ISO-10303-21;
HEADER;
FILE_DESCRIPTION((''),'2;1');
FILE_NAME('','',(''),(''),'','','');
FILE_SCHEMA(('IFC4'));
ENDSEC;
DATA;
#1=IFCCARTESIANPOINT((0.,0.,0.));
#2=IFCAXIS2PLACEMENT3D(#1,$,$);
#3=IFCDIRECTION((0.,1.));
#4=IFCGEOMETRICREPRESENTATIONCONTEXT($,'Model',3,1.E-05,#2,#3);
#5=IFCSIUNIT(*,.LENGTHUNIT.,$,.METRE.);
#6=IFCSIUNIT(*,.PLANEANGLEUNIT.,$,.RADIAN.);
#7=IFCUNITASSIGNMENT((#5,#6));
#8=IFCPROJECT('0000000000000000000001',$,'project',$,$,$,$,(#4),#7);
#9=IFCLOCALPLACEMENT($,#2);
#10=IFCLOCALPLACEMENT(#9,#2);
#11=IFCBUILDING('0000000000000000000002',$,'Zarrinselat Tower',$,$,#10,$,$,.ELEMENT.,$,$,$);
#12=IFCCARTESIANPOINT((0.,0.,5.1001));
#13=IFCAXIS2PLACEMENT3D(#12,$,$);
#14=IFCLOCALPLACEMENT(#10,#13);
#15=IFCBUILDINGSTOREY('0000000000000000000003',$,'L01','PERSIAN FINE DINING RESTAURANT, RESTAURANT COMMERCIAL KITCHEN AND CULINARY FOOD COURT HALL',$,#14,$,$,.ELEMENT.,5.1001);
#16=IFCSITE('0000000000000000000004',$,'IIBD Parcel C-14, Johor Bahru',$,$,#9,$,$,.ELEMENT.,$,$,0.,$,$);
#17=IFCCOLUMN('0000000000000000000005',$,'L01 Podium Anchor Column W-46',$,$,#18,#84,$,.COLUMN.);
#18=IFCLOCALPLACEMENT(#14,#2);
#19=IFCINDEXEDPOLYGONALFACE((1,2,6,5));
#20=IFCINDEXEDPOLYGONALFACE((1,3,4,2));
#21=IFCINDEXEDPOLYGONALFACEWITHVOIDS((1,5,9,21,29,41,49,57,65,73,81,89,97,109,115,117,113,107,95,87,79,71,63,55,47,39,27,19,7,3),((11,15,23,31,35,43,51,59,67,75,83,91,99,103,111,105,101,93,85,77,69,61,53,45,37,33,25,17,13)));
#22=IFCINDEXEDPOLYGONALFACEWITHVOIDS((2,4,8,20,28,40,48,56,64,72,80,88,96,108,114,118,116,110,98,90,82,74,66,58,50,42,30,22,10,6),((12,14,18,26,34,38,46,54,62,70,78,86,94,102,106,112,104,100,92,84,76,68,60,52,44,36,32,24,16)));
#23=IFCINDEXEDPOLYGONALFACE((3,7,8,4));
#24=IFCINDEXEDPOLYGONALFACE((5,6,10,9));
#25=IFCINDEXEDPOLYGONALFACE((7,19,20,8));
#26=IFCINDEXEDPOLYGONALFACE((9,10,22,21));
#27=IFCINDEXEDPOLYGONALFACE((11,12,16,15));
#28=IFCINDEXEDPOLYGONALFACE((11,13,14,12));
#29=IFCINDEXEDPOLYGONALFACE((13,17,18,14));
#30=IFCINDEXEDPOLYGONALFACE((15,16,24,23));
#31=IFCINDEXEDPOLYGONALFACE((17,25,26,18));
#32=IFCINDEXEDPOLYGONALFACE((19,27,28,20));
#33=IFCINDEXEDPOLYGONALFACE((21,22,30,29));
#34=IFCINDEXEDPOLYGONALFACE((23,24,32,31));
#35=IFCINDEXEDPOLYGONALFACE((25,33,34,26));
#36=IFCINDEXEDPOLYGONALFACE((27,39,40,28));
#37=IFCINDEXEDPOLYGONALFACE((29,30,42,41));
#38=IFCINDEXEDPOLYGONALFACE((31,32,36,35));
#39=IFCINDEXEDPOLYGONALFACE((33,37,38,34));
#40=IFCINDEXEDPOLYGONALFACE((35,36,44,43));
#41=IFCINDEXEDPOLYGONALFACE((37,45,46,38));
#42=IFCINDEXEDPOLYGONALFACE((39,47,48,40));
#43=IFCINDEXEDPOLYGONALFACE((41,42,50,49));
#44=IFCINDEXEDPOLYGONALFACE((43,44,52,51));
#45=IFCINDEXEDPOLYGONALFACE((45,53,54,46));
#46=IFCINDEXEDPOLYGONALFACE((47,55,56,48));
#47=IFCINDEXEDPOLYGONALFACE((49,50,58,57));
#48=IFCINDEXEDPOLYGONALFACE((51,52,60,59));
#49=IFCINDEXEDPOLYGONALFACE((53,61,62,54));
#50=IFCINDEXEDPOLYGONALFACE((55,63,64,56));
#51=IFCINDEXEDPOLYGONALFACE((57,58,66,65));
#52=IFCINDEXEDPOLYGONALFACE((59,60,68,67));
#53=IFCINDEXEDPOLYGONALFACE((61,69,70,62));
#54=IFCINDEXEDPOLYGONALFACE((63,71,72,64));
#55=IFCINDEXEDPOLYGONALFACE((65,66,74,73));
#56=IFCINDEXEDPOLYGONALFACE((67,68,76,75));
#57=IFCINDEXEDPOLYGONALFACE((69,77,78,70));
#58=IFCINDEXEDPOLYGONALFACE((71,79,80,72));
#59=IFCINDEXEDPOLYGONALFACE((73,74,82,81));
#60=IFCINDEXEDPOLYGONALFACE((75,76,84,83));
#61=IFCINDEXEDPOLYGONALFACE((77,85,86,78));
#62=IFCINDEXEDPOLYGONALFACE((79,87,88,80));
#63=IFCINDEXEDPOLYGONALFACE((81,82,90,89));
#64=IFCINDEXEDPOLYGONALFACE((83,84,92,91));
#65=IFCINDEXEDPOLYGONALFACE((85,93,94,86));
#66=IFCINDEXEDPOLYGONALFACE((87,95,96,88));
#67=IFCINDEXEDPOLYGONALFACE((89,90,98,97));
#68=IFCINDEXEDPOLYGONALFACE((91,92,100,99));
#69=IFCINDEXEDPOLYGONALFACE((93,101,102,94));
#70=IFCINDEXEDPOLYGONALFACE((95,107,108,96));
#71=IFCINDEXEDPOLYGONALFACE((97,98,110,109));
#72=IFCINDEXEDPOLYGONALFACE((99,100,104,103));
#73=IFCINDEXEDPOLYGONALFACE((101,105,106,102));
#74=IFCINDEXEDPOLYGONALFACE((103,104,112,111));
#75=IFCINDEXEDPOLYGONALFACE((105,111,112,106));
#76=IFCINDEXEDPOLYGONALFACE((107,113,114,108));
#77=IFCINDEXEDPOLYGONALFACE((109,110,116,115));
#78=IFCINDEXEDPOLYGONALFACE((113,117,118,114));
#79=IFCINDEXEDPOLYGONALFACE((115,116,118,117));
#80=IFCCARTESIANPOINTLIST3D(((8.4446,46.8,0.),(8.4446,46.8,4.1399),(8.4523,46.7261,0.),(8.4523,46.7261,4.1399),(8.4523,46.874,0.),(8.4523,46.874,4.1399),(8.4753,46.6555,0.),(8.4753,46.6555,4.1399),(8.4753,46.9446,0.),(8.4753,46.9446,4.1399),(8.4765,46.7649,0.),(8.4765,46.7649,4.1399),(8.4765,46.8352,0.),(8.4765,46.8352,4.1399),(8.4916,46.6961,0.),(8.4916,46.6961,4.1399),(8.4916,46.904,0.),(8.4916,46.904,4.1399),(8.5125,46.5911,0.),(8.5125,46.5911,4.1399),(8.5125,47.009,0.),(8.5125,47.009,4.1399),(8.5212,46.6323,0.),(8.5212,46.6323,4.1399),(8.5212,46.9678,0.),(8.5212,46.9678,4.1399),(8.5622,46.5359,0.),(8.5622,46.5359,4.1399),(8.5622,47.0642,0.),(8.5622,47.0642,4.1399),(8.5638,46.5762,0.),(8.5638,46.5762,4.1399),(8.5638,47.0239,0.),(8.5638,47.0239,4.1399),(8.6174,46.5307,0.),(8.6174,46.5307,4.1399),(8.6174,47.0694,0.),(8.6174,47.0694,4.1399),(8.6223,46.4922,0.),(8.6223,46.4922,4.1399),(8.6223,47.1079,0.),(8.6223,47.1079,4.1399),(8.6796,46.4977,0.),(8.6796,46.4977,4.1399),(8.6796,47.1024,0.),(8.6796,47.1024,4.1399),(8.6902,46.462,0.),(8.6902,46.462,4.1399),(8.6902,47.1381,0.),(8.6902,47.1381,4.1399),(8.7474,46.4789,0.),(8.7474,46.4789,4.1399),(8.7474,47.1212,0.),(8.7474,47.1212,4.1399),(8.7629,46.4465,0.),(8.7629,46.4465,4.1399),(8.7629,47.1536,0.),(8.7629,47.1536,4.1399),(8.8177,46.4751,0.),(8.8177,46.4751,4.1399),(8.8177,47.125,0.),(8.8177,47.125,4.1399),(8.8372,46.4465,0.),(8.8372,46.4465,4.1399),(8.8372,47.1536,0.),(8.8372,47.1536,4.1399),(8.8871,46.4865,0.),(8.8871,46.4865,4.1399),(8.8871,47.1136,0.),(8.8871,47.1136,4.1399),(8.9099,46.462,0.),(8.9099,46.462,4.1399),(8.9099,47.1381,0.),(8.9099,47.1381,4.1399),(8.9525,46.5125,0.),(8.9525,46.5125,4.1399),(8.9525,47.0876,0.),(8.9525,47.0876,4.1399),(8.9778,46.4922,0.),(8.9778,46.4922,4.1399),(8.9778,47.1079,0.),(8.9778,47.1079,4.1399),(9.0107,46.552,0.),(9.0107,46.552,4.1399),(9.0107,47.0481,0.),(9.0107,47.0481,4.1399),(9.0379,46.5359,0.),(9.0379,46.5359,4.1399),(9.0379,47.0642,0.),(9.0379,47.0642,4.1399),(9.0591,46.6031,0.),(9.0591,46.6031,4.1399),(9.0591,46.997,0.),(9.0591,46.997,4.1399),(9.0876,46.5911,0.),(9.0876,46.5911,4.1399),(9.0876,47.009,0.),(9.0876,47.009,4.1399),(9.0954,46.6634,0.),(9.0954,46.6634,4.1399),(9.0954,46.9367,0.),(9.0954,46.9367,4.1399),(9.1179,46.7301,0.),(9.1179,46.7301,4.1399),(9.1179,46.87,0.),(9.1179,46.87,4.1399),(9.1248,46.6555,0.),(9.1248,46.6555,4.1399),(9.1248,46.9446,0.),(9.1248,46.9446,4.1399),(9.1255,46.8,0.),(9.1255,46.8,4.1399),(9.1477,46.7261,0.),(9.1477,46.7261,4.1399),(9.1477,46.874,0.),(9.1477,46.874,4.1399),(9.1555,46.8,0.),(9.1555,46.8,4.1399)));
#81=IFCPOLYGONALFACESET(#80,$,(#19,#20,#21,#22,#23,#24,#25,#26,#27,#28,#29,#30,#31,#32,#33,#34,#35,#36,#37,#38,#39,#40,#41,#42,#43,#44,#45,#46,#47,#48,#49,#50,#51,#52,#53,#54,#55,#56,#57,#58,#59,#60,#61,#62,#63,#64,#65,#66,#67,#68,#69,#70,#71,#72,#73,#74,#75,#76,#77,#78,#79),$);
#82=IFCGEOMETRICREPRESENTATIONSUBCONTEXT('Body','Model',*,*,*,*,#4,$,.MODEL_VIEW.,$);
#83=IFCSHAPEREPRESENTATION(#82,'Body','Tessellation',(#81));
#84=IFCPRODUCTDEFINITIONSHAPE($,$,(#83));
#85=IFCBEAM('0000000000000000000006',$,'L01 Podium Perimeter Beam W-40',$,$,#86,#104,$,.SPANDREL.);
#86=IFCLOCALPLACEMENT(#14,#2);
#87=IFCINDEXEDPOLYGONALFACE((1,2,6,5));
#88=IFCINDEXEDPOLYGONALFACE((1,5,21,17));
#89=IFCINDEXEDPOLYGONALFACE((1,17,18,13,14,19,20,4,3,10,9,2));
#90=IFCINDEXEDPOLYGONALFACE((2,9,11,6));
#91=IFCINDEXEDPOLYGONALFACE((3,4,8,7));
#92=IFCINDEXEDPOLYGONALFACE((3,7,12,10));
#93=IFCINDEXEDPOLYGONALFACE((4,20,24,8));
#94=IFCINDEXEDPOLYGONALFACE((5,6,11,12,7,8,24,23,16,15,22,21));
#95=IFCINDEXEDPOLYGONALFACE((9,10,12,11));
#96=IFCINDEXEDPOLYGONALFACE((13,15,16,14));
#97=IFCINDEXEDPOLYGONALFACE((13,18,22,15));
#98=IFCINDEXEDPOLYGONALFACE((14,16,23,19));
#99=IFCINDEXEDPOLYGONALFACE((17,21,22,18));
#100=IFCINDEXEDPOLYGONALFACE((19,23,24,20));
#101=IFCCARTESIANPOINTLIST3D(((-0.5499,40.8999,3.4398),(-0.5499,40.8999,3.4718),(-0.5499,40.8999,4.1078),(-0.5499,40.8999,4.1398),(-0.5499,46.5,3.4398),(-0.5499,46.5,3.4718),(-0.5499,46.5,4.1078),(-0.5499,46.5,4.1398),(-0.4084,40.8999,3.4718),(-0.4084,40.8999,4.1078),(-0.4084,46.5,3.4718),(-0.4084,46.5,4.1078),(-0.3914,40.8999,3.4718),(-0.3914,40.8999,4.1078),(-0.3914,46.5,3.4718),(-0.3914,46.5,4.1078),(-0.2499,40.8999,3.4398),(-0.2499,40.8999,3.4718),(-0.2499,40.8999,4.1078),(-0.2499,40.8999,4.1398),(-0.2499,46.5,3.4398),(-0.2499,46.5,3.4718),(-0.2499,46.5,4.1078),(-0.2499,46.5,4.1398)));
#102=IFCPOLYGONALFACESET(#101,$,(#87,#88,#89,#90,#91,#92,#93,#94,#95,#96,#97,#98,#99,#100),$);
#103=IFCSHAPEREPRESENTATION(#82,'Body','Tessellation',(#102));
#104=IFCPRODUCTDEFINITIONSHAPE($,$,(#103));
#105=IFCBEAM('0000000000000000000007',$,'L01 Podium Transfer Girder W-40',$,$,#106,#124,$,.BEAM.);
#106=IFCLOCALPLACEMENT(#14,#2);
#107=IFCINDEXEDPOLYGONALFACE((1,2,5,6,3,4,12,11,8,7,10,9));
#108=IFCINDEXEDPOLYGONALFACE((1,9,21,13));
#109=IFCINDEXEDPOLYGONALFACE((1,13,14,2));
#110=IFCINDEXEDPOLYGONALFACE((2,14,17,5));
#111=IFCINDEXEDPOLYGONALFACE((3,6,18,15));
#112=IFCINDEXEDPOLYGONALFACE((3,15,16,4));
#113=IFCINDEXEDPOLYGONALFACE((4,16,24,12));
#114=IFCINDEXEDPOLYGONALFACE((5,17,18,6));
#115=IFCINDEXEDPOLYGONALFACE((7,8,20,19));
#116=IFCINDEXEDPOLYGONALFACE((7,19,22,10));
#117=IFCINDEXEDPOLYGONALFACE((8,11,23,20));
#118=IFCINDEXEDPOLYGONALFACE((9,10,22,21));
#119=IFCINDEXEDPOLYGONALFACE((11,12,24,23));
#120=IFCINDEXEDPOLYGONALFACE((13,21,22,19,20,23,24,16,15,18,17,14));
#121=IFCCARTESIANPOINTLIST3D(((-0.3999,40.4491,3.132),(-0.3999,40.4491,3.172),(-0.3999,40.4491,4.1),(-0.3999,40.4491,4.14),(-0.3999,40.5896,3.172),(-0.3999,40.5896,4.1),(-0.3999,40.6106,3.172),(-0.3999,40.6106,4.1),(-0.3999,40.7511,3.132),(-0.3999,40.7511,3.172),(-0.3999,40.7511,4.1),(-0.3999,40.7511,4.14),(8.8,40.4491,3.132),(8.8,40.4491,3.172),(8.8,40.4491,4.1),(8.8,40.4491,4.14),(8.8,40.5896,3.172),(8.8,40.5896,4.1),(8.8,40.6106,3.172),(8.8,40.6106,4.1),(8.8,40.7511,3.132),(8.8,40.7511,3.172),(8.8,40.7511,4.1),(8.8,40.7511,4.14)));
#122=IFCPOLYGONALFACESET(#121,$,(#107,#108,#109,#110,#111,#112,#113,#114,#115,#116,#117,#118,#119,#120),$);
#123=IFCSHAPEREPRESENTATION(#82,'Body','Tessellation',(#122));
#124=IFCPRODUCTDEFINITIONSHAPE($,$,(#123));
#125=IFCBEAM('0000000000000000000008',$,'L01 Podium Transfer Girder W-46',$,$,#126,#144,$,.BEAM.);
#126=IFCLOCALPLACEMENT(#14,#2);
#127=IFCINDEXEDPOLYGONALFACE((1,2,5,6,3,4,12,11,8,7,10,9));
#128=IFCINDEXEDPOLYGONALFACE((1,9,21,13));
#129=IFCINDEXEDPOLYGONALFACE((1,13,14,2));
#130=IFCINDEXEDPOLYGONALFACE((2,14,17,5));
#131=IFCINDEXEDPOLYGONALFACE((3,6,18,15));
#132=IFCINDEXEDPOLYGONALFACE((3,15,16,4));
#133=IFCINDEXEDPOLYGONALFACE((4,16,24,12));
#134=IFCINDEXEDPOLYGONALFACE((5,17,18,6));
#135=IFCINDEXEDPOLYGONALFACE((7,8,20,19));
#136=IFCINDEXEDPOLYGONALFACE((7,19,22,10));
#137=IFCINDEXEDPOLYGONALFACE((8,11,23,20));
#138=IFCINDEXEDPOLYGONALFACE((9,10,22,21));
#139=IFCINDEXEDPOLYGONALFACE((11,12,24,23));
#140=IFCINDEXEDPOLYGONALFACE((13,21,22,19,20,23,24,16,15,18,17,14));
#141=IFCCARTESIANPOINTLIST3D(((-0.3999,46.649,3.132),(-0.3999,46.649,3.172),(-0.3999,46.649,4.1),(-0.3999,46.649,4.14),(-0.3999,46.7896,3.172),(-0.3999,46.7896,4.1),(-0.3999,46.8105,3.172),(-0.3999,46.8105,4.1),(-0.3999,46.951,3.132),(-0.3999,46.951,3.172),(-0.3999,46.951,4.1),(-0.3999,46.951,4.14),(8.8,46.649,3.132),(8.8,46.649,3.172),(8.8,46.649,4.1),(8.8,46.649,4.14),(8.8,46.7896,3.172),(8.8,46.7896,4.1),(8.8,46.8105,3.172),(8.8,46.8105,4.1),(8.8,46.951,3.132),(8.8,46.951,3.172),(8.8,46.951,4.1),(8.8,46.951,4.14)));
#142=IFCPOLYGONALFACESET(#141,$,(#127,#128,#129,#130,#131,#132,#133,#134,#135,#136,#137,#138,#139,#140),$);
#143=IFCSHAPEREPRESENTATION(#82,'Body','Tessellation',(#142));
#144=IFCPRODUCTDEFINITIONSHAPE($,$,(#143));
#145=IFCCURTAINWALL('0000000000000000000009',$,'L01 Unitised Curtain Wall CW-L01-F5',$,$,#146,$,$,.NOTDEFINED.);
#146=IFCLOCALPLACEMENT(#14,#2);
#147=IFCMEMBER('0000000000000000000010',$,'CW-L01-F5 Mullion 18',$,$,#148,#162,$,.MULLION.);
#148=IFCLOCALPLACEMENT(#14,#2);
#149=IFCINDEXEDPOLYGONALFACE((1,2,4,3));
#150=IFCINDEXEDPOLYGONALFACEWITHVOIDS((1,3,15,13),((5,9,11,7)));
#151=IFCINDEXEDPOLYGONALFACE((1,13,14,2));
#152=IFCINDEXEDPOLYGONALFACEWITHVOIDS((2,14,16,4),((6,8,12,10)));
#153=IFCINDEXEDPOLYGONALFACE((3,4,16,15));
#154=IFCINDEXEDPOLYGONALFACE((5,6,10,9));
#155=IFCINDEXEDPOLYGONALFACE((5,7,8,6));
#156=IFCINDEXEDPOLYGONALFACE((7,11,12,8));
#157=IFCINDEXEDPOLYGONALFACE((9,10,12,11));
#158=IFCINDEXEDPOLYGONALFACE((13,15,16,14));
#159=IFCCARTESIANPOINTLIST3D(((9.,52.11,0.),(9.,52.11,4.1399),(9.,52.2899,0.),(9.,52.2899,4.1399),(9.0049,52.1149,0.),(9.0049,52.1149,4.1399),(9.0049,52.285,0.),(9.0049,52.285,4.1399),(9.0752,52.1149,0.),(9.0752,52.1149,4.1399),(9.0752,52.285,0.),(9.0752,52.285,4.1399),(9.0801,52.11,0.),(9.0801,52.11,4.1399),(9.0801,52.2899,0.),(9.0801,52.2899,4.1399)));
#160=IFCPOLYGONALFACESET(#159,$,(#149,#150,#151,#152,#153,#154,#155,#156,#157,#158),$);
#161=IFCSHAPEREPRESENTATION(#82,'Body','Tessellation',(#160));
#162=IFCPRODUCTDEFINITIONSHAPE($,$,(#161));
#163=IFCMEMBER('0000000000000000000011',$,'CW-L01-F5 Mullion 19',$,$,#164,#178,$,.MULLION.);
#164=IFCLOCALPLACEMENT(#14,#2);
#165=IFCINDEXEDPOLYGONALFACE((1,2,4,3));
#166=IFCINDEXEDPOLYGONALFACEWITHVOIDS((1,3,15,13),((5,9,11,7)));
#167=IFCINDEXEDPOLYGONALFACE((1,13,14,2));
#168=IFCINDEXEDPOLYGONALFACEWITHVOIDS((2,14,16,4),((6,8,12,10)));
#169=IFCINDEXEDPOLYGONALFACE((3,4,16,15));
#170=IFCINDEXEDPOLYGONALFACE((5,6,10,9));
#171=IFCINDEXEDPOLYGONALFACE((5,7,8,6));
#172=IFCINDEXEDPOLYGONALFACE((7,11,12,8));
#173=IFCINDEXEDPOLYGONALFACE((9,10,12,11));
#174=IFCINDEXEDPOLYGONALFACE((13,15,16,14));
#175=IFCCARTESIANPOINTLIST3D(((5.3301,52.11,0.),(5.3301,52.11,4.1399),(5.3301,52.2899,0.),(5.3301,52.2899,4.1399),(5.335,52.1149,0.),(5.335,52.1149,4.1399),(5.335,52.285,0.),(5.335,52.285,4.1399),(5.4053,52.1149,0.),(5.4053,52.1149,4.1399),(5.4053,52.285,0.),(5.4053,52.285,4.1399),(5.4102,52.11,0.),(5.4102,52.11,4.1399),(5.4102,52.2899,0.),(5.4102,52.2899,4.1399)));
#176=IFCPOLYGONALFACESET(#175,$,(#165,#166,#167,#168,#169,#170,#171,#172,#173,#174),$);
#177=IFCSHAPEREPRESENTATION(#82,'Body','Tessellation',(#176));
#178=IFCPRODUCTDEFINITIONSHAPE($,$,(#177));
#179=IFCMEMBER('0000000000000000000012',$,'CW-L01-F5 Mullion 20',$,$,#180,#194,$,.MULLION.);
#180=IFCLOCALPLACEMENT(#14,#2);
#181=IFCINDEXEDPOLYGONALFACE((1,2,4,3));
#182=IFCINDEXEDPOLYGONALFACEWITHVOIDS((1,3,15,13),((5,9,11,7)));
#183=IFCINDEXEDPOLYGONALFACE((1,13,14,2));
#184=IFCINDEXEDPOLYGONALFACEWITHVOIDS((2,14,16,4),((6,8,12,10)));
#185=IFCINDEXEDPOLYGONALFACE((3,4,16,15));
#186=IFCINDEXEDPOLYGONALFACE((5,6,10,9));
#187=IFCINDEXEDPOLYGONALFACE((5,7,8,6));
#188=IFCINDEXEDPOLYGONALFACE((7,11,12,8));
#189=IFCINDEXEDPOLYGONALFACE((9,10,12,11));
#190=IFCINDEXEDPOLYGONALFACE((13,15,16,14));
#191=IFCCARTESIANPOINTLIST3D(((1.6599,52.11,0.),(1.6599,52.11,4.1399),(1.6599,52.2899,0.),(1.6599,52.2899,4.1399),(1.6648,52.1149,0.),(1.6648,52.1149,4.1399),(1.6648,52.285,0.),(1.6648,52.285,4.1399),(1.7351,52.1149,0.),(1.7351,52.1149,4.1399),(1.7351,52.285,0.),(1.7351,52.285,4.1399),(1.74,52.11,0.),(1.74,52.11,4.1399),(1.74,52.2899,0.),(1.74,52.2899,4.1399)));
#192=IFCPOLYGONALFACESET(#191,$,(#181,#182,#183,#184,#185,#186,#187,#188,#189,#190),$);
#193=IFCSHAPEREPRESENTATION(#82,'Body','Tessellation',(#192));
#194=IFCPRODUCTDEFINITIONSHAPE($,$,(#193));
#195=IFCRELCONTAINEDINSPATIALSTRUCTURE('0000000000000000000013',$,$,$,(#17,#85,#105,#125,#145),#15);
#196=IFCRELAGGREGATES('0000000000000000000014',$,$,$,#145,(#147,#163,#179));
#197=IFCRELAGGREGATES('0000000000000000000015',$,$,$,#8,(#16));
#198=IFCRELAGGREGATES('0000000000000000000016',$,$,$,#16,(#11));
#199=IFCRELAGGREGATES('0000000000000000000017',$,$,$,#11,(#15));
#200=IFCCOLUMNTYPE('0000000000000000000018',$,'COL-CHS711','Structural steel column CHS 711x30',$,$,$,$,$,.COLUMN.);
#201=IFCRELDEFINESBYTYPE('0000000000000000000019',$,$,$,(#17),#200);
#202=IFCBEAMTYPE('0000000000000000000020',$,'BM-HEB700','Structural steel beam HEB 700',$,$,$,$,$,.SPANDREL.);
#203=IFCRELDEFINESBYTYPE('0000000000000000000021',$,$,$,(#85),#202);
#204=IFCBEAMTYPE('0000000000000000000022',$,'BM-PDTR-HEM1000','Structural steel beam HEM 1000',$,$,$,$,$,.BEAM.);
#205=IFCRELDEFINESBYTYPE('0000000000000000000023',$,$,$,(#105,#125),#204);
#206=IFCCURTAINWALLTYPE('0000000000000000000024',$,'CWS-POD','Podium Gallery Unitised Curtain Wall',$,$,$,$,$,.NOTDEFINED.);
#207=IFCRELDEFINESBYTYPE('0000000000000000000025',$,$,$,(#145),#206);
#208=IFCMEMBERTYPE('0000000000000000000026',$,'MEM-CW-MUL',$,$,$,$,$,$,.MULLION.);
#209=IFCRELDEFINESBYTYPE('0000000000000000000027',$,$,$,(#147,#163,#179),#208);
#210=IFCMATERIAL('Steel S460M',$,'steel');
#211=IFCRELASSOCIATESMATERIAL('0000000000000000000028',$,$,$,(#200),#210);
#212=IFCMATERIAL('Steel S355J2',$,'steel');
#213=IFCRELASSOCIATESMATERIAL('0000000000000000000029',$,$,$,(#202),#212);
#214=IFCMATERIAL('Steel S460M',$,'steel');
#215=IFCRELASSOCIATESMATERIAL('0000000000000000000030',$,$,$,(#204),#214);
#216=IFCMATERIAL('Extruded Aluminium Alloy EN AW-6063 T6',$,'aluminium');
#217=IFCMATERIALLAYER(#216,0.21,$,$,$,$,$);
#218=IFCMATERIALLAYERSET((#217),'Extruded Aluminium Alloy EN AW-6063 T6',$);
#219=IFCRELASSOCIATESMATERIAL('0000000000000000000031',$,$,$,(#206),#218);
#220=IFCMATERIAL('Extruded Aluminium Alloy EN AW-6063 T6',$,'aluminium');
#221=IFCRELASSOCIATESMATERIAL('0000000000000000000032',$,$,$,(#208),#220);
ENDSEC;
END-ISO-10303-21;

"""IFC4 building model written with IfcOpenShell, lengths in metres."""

from ifc_helpers import new_model, si_unit, direction, frame, origin, origin_2d, place, context, subcontext, project, spatial, hollow_rectangle, hollow_circle, i_section, extrude, material, layer, layer_set, material_profile, profile_set, type_object, element, aggregate, save


model = new_model("IFC4")

# Units and contexts
model_context = context("Model", 3, precision=1e-05, world=origin(), true_north=direction((0.0, 1.0)))
body_context = subcontext(model_context, "Body", "Model", "MODEL_VIEW")
ifc_project = project(units=[si_unit("LENGTHUNIT", "METRE"), si_unit("PLANEANGLEUNIT", "RADIAN")], contexts=[model_context])

# Site, building, storey
site_placement = place(None, origin())
site = spatial("IfcSite", under=ifc_project, at=site_placement, Name="IIBD Parcel C-14, Johor Bahru", CompositionType="ELEMENT", RefElevation=0.0)
building_placement = place(site_placement, origin())
building = spatial("IfcBuilding", under=site, at=building_placement, Name="Zarrinselat Tower", CompositionType="ELEMENT")
storey_placement = place(building_placement, frame((0.0, 0.0, 5.1001)))
storey = spatial("IfcBuildingStorey", under=building, at=storey_placement, Name="L01", Description="PERSIAN FINE DINING RESTAURANT, RESTAURANT COMMERCIAL KITCHEN AND CULINARY FOOD COURT HALL", CompositionType="ELEMENT", Elevation=5.1001)

# Column
ifc_material_1 = material(Name="Steel S460M", Category="steel")
ifc_material_profile_1 = material_profile(ifc_material_1, hollow_circle(Radius=0.3555, WallThickness=0.03, at=origin_2d()), Name="CHS 711x30")
ifc_profile_set_1 = profile_set([ifc_material_profile_1], Name="Steel S460M")
column_type_1 = type_object("IfcColumnType", Name="COL-CHS711", Description="Structural steel column CHS 711x30", PredefinedType="COLUMN", material=ifc_profile_set_1)
column_1_placement = place(storey_placement, frame((8.8, 46.8, 0.0), z_axis=(0.0, 0.0, 1.0), x_axis=(1.0, 0.0, 0.0)))
element("IfcColumn", 1, at=column_1_placement, inside=storey, type_object=column_type_1, Name="L01 Podium Anchor Column W-46", PredefinedType="COLUMN", context=body_context, shape_type="SweptSolid", body=[
    extrude(hollow_circle(Radius=0.3555, WallThickness=0.03, at=origin_2d()), origin(), (0.0, 0.0, 1.0), 4.1399),
])

# Beams
ifc_material_2 = material(Name="Steel S355J2", Category="steel")
ifc_material_profile_2 = material_profile(ifc_material_2, i_section(OverallWidth=0.3, OverallDepth=0.7, WebThickness=0.0171, FlangeThickness=0.032, at=origin_2d()), Name="HEB 700")
ifc_profile_set_2 = profile_set([ifc_material_profile_2], Name="Steel S355J2")
beam_type_1 = type_object("IfcBeamType", Name="BM-HEB700", Description="Structural steel beam HEB 700", PredefinedType="SPANDREL", material=ifc_profile_set_2)
beam_placement = place(storey_placement, frame((-0.3999, 40.8999, 3.7898), z_axis=(0.0, 1.0, 0.0), x_axis=(-1.0, 0.0, 0.0)))
element("IfcBeam", 2, at=beam_placement, inside=storey, type_object=beam_type_1, Name="L01 Podium Perimeter Beam W-40", PredefinedType="SPANDREL", context=body_context, shape_type="SweptSolid", body=[
    extrude(i_section(OverallWidth=0.3, OverallDepth=0.7, WebThickness=0.0171, FlangeThickness=0.032, at=origin_2d()), origin(), (0.0, 0.0, 1.0), 5.6001),
])
ifc_material_3 = material(Name="Steel S460M", Category="steel")
ifc_material_profile_3 = material_profile(ifc_material_3, i_section(OverallWidth=0.302, OverallDepth=1.0081, WebThickness=0.021, FlangeThickness=0.04, at=origin_2d()), Name="HEM 1000")
ifc_profile_set_3 = profile_set([ifc_material_profile_3], Name="Steel S460M")
beam_type_2 = type_object("IfcBeamType", Name="BM-PDTR-HEM1000", Description="Structural steel beam HEM 1000", PredefinedType="BEAM", material=ifc_profile_set_3)
for number, where, z_axis, x_axis, name in (
    (3, (-0.3999, 40.6001, 3.636), (1.0, 0.0, 0.0), (0.0, 1.0, 0.0), "L01 Podium Transfer Girder W-40"),
    (4, (-0.3999, 46.8, 3.636), (1.0, 0.0, 0.0), (0.0, 1.0, 0.0), "L01 Podium Transfer Girder W-46"),
):
    element("IfcBeam", number, at=place(storey_placement, frame(where, z_axis=z_axis, x_axis=x_axis)), inside=storey, type_object=beam_type_2, Name=name, PredefinedType="BEAM", context=body_context, shape_type="SweptSolid", body=[
        extrude(i_section(OverallWidth=0.302, OverallDepth=1.0081, WebThickness=0.021, FlangeThickness=0.04, at=origin_2d()), origin(), (0.0, 0.0, 1.0), 9.2),
    ])

# Curtain wall, members
ifc_material_4 = material(Name="Extruded Aluminium Alloy EN AW-6063 T6", Category="aluminium")
ifc_layer_1 = layer(ifc_material_4, 0.21)
ifc_layer_set_1 = layer_set([ifc_layer_1], Name="Extruded Aluminium Alloy EN AW-6063 T6")
curtain_wall_type = type_object("IfcCurtainWallType", Name="CWS-POD", Description="Podium Gallery Unitised Curtain Wall", PredefinedType="NOTDEFINED", material=ifc_layer_set_1)
curtain_wall_1_placement = place(storey_placement, origin())
curtain_wall_1 = element("IfcCurtainWall", 5, at=curtain_wall_1_placement, inside=storey, type_object=curtain_wall_type, Name="L01 Unitised Curtain Wall CW-L01-F5", PredefinedType="NOTDEFINED")
ifc_material_5 = material(Name="Extruded Aluminium Alloy EN AW-6063 T6", Category="aluminium")
ifc_material_profile_4 = material_profile(ifc_material_5, hollow_rectangle(XDim=0.0801, YDim=0.1799, WallThickness=0.0049, at=origin_2d()), Name="RHS 180x80x5")
ifc_profile_set_4 = profile_set([ifc_material_profile_4], Name="Extruded Aluminium Alloy EN AW-6063 T6")
member_type_1 = type_object("IfcMemberType", Name="MEM-CW-MUL", PredefinedType="MULLION", material=ifc_profile_set_4)
member_1_placement = place(storey_placement, frame((9.04, 52.2, 0.0), z_axis=(0.0, 0.0, 1.0), x_axis=(-1.0, 0.0, 0.0)))
member_1 = element("IfcMember", 6, at=member_1_placement, type_object=member_type_1, Name="CW-L01-F5 Mullion 18", PredefinedType="MULLION", context=body_context, shape_type="SweptSolid", body=[
    extrude(hollow_rectangle(XDim=0.0801, YDim=0.1799, WallThickness=0.0049, at=origin_2d()), origin(), (0.0, 0.0, 1.0), 4.1399),
])
member_2_placement = place(storey_placement, frame((5.3701, 52.2, 0.0), z_axis=(0.0, 0.0, 1.0), x_axis=(-1.0, 0.0, 0.0)))
member_2 = element("IfcMember", 7, at=member_2_placement, type_object=member_type_1, Name="CW-L01-F5 Mullion 19", PredefinedType="MULLION", context=body_context, shape_type="SweptSolid", body=[
    extrude(hollow_rectangle(XDim=0.0801, YDim=0.1799, WallThickness=0.0049, at=origin_2d()), origin(), (0.0, 0.0, 1.0), 4.1399),
])
member_3_placement = place(storey_placement, frame((1.7, 52.2, 0.0), z_axis=(0.0, 0.0, 1.0), x_axis=(-1.0, 0.0, 0.0)))
member_3 = element("IfcMember", 8, at=member_3_placement, type_object=member_type_1, Name="CW-L01-F5 Mullion 20", PredefinedType="MULLION", context=body_context, shape_type="SweptSolid", body=[
    extrude(hollow_rectangle(XDim=0.0801, YDim=0.1799, WallThickness=0.0049, at=origin_2d()), origin(), (0.0, 0.0, 1.0), 4.1399),
])

aggregate(curtain_wall_1, [member_1, member_2, member_3])

save(model, "model.ifc")
